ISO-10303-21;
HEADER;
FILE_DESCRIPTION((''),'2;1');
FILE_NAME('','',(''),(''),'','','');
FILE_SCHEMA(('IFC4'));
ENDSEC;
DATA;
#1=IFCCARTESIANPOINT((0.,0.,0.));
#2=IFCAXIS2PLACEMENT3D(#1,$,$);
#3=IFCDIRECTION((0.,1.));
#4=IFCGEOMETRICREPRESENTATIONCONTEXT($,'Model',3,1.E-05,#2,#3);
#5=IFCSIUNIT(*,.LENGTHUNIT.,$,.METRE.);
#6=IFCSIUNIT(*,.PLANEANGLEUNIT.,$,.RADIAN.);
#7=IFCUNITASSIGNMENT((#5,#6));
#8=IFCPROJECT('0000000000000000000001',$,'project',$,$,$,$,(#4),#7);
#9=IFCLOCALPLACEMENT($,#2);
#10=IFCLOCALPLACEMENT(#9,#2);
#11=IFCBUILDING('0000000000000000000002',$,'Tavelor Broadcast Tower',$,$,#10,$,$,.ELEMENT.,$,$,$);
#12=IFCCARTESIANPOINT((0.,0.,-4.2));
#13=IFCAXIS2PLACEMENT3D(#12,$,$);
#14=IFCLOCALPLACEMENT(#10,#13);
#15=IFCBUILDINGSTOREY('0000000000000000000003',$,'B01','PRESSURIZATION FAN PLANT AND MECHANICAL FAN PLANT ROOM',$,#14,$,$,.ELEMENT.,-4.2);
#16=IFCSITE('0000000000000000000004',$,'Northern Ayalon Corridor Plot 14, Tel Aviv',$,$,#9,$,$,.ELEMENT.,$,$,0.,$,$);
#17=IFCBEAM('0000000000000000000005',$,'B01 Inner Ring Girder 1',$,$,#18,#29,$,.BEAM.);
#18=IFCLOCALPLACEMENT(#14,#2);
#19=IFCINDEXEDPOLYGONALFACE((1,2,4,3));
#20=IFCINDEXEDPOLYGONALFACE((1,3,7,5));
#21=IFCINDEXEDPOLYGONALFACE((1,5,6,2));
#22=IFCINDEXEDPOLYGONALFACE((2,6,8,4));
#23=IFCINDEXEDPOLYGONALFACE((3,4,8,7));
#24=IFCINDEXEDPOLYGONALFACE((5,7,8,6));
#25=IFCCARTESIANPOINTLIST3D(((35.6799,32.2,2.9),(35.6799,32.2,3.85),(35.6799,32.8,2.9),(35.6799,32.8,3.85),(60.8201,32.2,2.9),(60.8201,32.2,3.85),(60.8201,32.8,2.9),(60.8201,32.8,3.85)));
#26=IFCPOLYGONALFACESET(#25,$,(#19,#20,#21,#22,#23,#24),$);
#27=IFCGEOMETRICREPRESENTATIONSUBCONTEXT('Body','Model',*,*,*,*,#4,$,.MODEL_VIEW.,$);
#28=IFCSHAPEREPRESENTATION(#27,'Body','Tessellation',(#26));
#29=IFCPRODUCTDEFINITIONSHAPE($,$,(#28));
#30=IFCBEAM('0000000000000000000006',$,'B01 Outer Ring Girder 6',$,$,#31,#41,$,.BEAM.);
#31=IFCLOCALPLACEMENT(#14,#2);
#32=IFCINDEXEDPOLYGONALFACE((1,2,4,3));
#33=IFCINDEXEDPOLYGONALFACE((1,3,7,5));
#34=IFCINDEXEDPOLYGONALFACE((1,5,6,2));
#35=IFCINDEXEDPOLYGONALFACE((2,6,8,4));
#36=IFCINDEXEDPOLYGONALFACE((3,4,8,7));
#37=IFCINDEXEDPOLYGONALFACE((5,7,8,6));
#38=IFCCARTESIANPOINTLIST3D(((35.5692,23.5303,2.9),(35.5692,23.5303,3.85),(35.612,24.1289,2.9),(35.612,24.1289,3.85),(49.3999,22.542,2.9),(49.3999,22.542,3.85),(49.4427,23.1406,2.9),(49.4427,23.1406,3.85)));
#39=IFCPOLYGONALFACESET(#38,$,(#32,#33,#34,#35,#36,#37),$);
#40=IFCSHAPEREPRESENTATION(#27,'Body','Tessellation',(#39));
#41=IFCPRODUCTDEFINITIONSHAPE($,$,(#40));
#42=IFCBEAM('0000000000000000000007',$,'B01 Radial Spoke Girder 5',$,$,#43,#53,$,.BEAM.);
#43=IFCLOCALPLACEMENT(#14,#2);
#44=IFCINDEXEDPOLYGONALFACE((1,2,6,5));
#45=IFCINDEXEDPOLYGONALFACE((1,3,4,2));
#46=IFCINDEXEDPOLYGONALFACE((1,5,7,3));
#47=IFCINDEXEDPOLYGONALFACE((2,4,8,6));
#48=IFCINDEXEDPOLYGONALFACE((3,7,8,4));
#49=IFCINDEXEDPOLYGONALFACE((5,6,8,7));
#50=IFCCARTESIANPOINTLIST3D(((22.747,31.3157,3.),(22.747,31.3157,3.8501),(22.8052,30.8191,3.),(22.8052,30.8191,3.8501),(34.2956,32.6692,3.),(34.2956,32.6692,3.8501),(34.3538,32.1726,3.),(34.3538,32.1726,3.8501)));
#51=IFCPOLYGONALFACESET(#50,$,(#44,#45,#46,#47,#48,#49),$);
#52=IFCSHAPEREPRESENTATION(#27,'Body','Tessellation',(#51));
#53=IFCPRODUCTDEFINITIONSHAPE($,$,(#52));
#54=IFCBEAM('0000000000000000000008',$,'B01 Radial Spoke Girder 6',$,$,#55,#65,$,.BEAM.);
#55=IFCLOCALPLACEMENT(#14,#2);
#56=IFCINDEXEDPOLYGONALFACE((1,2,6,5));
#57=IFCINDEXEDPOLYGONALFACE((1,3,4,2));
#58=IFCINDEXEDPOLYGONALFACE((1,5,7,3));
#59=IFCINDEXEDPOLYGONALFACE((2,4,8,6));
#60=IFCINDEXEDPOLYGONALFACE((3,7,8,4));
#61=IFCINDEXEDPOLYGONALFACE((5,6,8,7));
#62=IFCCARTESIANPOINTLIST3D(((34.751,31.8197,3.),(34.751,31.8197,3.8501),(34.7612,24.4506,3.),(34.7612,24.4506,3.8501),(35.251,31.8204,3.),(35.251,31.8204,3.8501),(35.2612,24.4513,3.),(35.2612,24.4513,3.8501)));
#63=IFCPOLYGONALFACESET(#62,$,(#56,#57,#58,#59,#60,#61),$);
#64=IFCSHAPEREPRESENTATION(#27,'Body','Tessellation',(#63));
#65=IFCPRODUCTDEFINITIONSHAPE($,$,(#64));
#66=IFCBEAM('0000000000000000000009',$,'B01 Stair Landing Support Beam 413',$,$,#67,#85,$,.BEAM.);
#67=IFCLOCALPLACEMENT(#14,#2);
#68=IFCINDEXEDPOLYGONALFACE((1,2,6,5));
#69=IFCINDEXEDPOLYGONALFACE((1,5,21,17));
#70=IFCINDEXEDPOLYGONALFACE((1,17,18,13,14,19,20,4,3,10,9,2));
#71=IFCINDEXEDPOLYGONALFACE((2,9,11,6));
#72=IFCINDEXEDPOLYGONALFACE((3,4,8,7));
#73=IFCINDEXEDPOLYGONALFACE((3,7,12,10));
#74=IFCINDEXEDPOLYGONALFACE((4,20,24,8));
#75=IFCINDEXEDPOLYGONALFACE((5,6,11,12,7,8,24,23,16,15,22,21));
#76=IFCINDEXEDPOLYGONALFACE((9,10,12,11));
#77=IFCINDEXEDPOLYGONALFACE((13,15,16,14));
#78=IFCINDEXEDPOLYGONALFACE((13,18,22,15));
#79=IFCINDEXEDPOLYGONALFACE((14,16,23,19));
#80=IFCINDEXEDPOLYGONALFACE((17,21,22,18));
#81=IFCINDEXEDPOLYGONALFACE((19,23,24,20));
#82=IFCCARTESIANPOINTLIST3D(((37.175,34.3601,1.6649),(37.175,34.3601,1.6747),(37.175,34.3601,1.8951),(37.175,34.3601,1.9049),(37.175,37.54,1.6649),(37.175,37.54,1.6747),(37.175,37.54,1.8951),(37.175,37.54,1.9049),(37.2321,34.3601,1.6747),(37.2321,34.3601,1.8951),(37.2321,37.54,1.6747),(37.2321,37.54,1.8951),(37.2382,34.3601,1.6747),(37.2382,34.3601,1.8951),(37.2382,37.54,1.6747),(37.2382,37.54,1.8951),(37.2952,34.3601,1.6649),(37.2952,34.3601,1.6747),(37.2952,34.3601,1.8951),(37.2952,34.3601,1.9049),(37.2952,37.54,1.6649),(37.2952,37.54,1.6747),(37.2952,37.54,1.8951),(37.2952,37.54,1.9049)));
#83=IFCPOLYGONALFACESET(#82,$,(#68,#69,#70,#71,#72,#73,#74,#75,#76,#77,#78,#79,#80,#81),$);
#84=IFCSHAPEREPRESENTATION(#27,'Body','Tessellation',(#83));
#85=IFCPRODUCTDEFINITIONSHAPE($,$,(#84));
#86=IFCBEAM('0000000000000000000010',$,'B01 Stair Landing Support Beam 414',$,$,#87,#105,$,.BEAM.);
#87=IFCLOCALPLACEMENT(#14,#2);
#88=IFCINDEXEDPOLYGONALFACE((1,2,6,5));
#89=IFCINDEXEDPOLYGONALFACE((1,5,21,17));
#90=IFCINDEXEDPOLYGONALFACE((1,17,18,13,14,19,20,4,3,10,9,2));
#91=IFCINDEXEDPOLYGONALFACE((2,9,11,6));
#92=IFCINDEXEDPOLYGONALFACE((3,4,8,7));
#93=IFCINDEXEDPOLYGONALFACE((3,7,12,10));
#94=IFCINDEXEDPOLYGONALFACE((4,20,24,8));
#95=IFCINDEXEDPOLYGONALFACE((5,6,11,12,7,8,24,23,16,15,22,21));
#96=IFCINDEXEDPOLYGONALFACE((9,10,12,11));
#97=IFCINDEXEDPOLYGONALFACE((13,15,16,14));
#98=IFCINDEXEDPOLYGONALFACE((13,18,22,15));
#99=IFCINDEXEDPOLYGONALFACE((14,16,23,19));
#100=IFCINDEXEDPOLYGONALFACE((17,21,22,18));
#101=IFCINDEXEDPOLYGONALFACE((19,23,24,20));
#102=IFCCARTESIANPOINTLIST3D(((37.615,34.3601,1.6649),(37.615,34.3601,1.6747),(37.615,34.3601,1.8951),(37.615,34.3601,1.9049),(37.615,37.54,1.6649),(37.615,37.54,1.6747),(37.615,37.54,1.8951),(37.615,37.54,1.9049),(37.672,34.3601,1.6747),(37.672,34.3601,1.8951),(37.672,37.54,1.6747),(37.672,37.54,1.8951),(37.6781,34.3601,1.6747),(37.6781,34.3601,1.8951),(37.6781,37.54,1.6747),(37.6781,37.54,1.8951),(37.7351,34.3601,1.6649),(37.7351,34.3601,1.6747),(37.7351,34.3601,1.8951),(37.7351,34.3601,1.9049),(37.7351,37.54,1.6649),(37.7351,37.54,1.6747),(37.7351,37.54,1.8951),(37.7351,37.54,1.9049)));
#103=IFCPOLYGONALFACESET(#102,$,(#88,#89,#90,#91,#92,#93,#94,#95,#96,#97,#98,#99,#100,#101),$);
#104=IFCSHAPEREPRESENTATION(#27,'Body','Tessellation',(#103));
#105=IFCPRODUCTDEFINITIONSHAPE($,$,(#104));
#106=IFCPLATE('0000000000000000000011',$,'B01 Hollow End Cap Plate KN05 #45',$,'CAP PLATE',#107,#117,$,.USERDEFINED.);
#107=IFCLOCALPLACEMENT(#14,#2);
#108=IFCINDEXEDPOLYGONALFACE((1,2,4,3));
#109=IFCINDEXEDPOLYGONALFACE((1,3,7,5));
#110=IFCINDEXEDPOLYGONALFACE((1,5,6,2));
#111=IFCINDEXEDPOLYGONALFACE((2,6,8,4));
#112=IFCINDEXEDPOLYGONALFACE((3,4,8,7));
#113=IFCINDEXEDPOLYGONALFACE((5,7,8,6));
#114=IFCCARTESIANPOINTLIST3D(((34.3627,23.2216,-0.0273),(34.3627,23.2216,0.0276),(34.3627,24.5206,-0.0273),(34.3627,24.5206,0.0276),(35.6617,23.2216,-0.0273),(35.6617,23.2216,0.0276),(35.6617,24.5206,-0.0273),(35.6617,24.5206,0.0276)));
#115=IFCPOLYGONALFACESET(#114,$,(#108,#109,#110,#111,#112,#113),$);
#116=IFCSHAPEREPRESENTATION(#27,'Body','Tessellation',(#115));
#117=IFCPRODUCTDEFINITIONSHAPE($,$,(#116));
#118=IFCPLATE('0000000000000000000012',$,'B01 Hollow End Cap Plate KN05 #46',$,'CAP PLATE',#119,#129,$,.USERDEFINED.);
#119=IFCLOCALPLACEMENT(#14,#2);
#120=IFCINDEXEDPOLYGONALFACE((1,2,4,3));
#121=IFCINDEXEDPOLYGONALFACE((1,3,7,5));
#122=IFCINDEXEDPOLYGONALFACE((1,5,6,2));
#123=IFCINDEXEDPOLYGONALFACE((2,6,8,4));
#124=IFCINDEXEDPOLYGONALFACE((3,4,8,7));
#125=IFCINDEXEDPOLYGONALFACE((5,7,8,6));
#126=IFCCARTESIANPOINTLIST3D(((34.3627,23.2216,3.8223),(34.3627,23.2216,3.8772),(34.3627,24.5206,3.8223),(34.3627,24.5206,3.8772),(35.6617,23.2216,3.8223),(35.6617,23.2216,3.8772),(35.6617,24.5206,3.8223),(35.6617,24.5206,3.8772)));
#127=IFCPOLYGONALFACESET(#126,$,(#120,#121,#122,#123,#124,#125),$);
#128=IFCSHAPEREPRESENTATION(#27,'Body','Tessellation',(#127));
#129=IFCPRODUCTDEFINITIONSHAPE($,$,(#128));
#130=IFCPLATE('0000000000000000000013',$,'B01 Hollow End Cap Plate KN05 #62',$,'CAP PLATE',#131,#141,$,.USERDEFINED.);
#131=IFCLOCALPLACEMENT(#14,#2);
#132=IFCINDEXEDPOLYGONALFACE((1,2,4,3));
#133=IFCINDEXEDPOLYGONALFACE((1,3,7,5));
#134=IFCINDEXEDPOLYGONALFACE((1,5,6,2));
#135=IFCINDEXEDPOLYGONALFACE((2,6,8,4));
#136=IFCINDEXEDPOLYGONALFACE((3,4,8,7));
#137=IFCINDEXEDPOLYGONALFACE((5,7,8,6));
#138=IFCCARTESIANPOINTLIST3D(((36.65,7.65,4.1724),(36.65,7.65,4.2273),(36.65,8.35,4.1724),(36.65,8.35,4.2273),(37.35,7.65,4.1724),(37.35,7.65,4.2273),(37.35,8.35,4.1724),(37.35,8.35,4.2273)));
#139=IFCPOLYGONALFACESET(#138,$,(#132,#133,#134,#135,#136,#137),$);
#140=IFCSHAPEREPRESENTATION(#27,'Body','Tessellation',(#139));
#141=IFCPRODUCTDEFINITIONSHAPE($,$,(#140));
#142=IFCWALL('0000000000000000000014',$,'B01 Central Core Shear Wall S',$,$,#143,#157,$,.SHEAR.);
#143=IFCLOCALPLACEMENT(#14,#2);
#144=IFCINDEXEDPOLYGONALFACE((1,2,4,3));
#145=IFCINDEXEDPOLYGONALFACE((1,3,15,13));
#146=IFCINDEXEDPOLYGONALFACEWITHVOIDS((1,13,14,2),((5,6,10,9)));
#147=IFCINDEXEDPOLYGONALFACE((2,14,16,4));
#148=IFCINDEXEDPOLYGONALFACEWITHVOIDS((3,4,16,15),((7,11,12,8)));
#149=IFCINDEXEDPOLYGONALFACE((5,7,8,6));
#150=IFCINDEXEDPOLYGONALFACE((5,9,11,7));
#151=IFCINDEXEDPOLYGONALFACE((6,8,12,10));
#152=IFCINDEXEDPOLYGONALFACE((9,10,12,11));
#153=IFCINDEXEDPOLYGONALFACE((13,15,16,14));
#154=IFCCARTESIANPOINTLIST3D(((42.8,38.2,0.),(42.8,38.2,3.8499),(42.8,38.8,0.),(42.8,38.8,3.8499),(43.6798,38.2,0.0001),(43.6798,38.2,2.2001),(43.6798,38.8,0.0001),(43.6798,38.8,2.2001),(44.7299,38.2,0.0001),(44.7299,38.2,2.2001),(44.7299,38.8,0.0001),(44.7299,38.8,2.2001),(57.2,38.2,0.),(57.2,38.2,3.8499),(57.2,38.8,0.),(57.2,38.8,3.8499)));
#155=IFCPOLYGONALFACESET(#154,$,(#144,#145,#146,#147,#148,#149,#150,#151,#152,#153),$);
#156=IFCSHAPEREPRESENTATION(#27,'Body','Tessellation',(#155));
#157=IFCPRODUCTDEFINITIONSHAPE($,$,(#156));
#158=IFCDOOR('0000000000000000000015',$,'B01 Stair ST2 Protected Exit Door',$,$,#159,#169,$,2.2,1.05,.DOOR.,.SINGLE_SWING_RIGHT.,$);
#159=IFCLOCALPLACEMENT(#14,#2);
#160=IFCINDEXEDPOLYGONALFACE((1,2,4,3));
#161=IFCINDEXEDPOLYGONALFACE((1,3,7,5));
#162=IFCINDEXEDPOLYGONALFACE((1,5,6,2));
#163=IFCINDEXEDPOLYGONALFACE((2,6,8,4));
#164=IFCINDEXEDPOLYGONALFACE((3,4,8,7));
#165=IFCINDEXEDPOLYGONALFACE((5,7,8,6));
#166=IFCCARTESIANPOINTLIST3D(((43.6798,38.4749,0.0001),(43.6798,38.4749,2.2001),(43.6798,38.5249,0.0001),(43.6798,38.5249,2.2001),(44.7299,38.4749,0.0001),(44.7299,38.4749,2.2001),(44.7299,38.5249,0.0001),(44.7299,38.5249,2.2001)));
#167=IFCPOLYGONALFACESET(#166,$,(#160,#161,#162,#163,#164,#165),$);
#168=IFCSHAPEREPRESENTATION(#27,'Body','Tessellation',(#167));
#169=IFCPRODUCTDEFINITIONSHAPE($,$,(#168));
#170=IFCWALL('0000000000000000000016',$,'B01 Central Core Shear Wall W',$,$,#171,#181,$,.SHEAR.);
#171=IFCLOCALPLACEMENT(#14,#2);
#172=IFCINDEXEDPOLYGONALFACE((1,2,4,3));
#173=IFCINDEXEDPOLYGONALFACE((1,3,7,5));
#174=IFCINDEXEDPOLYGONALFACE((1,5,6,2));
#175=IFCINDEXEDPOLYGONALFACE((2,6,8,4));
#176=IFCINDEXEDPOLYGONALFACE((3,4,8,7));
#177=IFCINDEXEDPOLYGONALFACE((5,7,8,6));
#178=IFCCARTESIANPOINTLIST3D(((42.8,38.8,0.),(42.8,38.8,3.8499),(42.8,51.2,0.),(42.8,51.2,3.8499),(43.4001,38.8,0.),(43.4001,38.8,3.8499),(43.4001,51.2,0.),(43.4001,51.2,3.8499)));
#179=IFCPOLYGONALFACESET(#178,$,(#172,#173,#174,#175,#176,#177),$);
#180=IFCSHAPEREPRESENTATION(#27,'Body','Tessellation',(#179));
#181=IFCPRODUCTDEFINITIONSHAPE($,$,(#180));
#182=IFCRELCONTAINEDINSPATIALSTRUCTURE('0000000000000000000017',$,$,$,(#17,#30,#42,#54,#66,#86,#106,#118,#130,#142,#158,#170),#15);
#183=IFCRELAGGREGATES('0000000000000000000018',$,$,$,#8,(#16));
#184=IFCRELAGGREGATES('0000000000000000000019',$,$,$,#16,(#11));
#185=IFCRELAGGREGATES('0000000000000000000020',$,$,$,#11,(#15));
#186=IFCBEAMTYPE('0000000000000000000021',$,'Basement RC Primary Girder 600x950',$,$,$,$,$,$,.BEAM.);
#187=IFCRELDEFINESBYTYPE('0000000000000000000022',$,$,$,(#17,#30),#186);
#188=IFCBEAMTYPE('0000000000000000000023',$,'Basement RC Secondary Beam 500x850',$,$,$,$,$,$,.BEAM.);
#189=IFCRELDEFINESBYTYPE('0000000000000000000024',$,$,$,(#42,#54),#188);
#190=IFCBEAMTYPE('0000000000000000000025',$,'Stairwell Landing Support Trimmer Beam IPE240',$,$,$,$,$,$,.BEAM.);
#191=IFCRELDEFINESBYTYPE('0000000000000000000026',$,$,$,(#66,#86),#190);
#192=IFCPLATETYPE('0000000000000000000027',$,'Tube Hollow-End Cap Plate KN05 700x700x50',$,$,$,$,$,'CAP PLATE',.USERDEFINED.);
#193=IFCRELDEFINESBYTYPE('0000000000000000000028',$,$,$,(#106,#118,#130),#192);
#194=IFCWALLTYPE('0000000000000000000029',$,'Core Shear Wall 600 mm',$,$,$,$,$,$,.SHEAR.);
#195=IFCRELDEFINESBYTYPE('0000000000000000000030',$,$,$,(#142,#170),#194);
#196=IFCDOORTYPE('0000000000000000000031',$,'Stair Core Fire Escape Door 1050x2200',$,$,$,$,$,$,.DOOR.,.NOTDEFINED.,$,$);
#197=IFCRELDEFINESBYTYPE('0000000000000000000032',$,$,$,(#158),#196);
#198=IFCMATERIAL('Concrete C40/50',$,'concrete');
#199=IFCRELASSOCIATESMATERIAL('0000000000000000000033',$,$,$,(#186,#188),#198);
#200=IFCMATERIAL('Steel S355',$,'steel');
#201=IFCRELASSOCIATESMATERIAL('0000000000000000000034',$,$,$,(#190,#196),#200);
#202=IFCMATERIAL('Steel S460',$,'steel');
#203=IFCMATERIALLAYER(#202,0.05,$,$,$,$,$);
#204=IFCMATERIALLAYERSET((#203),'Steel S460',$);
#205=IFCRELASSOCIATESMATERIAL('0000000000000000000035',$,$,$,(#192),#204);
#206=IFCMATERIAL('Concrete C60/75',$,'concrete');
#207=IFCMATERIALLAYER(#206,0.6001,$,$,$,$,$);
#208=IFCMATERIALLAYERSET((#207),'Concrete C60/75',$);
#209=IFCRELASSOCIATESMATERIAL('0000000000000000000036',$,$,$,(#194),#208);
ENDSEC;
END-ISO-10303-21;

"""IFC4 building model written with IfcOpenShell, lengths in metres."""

from ifc_helpers import new_model, si_unit, direction, frame, frame_2d, origin, origin_2d, place, context, subcontext, project, spatial, rectangle, i_section, extrude, source, transform, mapped, material, layer, layer_set, material_profile, profile_set, type_object, type_shapes, element, fill, save


model = new_model("IFC4")

# Units and contexts
model_context = context("Model", 3, precision=1e-05, world=origin(), true_north=direction((0.0, 1.0)))
body_context = subcontext(model_context, "Body", "Model", "MODEL_VIEW")
ifc_project = project(units=[si_unit("LENGTHUNIT", "METRE"), si_unit("PLANEANGLEUNIT", "RADIAN")], contexts=[model_context])

# Site, building, storey
site_placement = place(None, origin())
site = spatial("IfcSite", under=ifc_project, at=site_placement, Name="Northern Ayalon Corridor Plot 14, Tel Aviv", CompositionType="ELEMENT", RefElevation=0.0)
building_placement = place(site_placement, origin())
building = spatial("IfcBuilding", under=site, at=building_placement, Name="Tavelor Broadcast Tower", CompositionType="ELEMENT")
storey_placement = place(building_placement, frame((0.0, 0.0, -4.2)))
storey = spatial("IfcBuildingStorey", under=building, at=storey_placement, Name="B01", Description="PRESSURIZATION FAN PLANT AND MECHANICAL FAN PLANT ROOM", CompositionType="ELEMENT", Elevation=-4.2)

# Shared definitions
ifc_material_1 = material(Name="Steel S355", Category="steel")
ifc_material_2 = material(Name="Concrete C60/75", Category="concrete")
ifc_material_3 = material(Name="Steel S460", Category="steel")

# Beams
ifc_material_4 = material(Name="Concrete C40/50", Category="concrete")
ifc_material_profile_1 = material_profile(ifc_material_4, rectangle(XDim=0.6001, YDim=0.95, at=origin_2d()), Name="RC 600x950")
ifc_profile_set_1 = profile_set([ifc_material_profile_1], Name="Concrete C40/50")
beam_type_1 = type_object("IfcBeamType", Name="Basement RC Primary Girder 600x950", PredefinedType="BEAM", material=ifc_profile_set_1)
beam_1_placement = place(storey_placement, frame((35.6799, 32.5, 3.375), z_axis=(1.0, 0.0, 0.0), x_axis=(0.0, 1.0, 0.0)))
element("IfcBeam", 1, at=beam_1_placement, inside=storey, type_object=beam_type_1, Name="B01 Inner Ring Girder 1", PredefinedType="BEAM", context=body_context, shape_type="SweptSolid", body=[
    extrude(rectangle(XDim=0.6001, YDim=0.95, at=origin_2d()), origin(), (0.0, 0.0, 1.0), 25.1401),
])
beam_2_placement = place(storey_placement, frame((35.5906, 23.8296, 3.375), z_axis=(0.997457, -0.071273, 0.0), x_axis=(0.071273, 0.997457, 0.0)))
element("IfcBeam", 2, at=beam_2_placement, inside=storey, type_object=beam_type_1, Name="B01 Outer Ring Girder 6", PredefinedType="BEAM", context=body_context, shape_type="SweptSolid", body=[
    extrude(rectangle(XDim=0.6001, YDim=0.95, at=origin_2d()), origin(), (0.0, 0.0, 1.0), 13.866),
])
ifc_material_profile_2 = material_profile(ifc_material_4, rectangle(XDim=0.5, YDim=0.8501, at=origin_2d()), Name="RC 500x850")
ifc_profile_set_2 = profile_set([ifc_material_profile_2], Name="Concrete C40/50")
beam_type_2 = type_object("IfcBeamType", Name="Basement RC Secondary Beam 500x850", PredefinedType="BEAM", material=ifc_profile_set_2)
beam_3_placement = place(storey_placement, frame((34.3247, 32.4209, 3.425), z_axis=(-0.993202, -0.116405, 0.0), x_axis=(0.116405, -0.993202, 0.0)))
element("IfcBeam", 3, at=beam_3_placement, inside=storey, type_object=beam_type_2, Name="B01 Radial Spoke Girder 5", PredefinedType="BEAM", context=body_context, shape_type="SweptSolid", body=[
    extrude(rectangle(XDim=0.5, YDim=0.8501, at=origin_2d()), origin(), (0.0, 0.0, 1.0), 11.6277),
])
beam_4_placement = place(storey_placement, frame((35.001, 31.8201, 3.425), z_axis=(0.001391, -0.999999, 0.0), x_axis=(0.999999, 0.001391, 0.0)))
element("IfcBeam", 4, at=beam_4_placement, inside=storey, type_object=beam_type_2, Name="B01 Radial Spoke Girder 6", PredefinedType="BEAM", context=body_context, shape_type="SweptSolid", body=[
    extrude(rectangle(XDim=0.5, YDim=0.8501, at=origin_2d()), origin(), (0.0, 0.0, 1.0), 7.3691),
])
ifc_material_profile_3 = material_profile(ifc_material_1, i_section(OverallWidth=0.1201, OverallDepth=0.24, WebThickness=0.0061, FlangeThickness=0.0098, at=origin_2d()), Name="IPE 240")
ifc_profile_set_3 = profile_set([ifc_material_profile_3], Name="Steel S355")
beam_type_3 = type_object("IfcBeamType", Name="Stairwell Landing Support Trimmer Beam IPE240", PredefinedType="BEAM", material=ifc_profile_set_3)
for number, where, z_axis, x_axis, name in (
    (5, (37.2351, 34.3601, 1.7849), (0.0, 1.0, 0.0), (-1.0, 0.0, 0.0), "B01 Stair Landing Support Beam 413"),
    (6, (37.675, 34.3601, 1.7849), (0.0, 1.0, 0.0), (-1.0, 0.0, 0.0), "B01 Stair Landing Support Beam 414"),
):
    element("IfcBeam", number, at=place(storey_placement, frame(where, z_axis=z_axis, x_axis=x_axis)), inside=storey, type_object=beam_type_3, Name=name, PredefinedType="BEAM", context=body_context, shape_type="SweptSolid", body=[
        extrude(i_section(OverallWidth=0.1201, OverallDepth=0.24, WebThickness=0.0061, FlangeThickness=0.0098, at=origin_2d()), origin(), (0.0, 0.0, 1.0), 3.1799),
    ])

# Plates
ifc_layer_1 = layer(ifc_material_3, 0.05)
ifc_layer_set_1 = layer_set([ifc_layer_1], Name="Steel S460")
plate_type = type_object("IfcPlateType", Name="Tube Hollow-End Cap Plate KN05 700x700x50", ElementType="CAP PLATE", PredefinedType="USERDEFINED", material=ifc_layer_set_1)
shared_shape_1 = source(origin(), body_context, "Body", "SweptSolid", [
    extrude(rectangle(XDim=1.2991, YDim=1.2991, at=origin_2d()), origin(), (0.0, 0.0, 1.0), 0.0549),
])
for number, where, z_axis, x_axis, name in (
    (7, (35.0122, 23.8711, -0.0273), (0.0, 0.0, 1.0), (1.0, 0.0, 0.0), "B01 Hollow End Cap Plate KN05 #45"),
    (8, (35.0122, 23.8711, 3.8223), (0.0, 0.0, 1.0), (1.0, 0.0, 0.0), "B01 Hollow End Cap Plate KN05 #46"),
):
    element("IfcPlate", number, at=place(storey_placement, frame(where, z_axis=z_axis, x_axis=x_axis)), inside=storey, type_object=plate_type, Name=name, ObjectType="CAP PLATE", PredefinedType="USERDEFINED", context=body_context, shape_type="MappedRepresentation", body=[
        mapped(shared_shape_1, transform((0.0, 0.0, 0.0), scale=1.0)),
    ])
shared_shape_2 = source(origin(), body_context, "Body", "SweptSolid", [
    extrude(rectangle(XDim=0.7, YDim=0.7, at=origin_2d()), origin(), (0.0, 0.0, 1.0), 0.0549),
])
type_shapes(plate_type, [shared_shape_1, shared_shape_2])
plate_placement = place(storey_placement, frame((37.0, 8.0, 4.1724), z_axis=(0.0, 0.0, 1.0), x_axis=(1.0, 0.0, 0.0)))
element("IfcPlate", 9, at=plate_placement, inside=storey, type_object=plate_type, Name="B01 Hollow End Cap Plate KN05 #62", ObjectType="CAP PLATE", PredefinedType="USERDEFINED", context=body_context, shape_type="MappedRepresentation", body=[
    mapped(shared_shape_2, transform((0.0, 0.0, 0.0), scale=1.0)),
])

# Wall, opening, door
ifc_layer_2 = layer(ifc_material_2, 0.6001)
ifc_layer_set_2 = layer_set([ifc_layer_2], Name="Concrete C60/75")
wall_type_1 = type_object("IfcWallType", Name="Core Shear Wall 600 mm", PredefinedType="SHEAR", material=ifc_layer_set_2)
wall_1_placement = place(storey_placement, frame((42.8, 38.5, 0.0), z_axis=(0.0, 0.0, 1.0), x_axis=(1.0, 0.0, 0.0)))
wall_1 = element("IfcWall", 10, at=wall_1_placement, inside=storey, type_object=wall_type_1, Name="B01 Central Core Shear Wall S", PredefinedType="SHEAR", context=body_context, shape_type="SweptSolid", body=[
    extrude(rectangle(XDim=14.3999, YDim=0.6001, at=frame_2d((7.2, 0.0))), origin(), (0.0, 0.0, 1.0), 3.8499),
])
opening_placement = place(wall_1_placement, frame((0.8799, 0.0, 0.0)))
opening = element("IfcOpeningElement", 11, at=opening_placement, cuts=wall_1, PredefinedType="OPENING", context=body_context, shape_type="SweptSolid", body=[
    extrude(rectangle(XDim=1.05, YDim=2.2, at=frame_2d((0.5249, 1.1001))), frame((0.0, 0.3101, 0.0), z_axis=(0.0, -1.0, 0.0), x_axis=(1.0, 0.0, 0.0)), (0.0, 0.0, 1.0), 0.6201),
])
door_type = type_object("IfcDoorType", Name="Stair Core Fire Escape Door 1050x2200", OperationType="NOTDEFINED", PredefinedType="DOOR", material=ifc_material_1)
door_placement = place(opening_placement, origin())
door = element("IfcDoor", 12, at=door_placement, inside=storey, type_object=door_type, Name="B01 Stair ST2 Protected Exit Door", OperationType="SINGLE_SWING_RIGHT", OverallHeight=2.2, OverallWidth=1.05, PredefinedType="DOOR", context=body_context, shape_type="SweptSolid", body=[
    extrude(rectangle(XDim=1.05, YDim=2.2, at=frame_2d((0.5249, 1.1001))), frame((0.0, 0.0249, 0.0), z_axis=(0.0, -1.0, 0.0), x_axis=(1.0, 0.0, 0.0)), (0.0, 0.0, 1.0), 0.05),
])
fill(opening, door)

# Wall
wall_2_placement = place(storey_placement, frame((43.1001, 38.8, 0.0), z_axis=(0.0, 0.0, 1.0), x_axis=(0.0, 1.0, 0.0)))
element("IfcWall", 13, at=wall_2_placement, inside=storey, type_object=wall_type_1, Name="B01 Central Core Shear Wall W", PredefinedType="SHEAR", context=body_context, shape_type="SweptSolid", body=[
    extrude(rectangle(XDim=12.3999, YDim=0.6001, at=frame_2d((6.2, 0.0))), origin(), (0.0, 0.0, 1.0), 3.8499),
])

save(model, "model.ifc")
